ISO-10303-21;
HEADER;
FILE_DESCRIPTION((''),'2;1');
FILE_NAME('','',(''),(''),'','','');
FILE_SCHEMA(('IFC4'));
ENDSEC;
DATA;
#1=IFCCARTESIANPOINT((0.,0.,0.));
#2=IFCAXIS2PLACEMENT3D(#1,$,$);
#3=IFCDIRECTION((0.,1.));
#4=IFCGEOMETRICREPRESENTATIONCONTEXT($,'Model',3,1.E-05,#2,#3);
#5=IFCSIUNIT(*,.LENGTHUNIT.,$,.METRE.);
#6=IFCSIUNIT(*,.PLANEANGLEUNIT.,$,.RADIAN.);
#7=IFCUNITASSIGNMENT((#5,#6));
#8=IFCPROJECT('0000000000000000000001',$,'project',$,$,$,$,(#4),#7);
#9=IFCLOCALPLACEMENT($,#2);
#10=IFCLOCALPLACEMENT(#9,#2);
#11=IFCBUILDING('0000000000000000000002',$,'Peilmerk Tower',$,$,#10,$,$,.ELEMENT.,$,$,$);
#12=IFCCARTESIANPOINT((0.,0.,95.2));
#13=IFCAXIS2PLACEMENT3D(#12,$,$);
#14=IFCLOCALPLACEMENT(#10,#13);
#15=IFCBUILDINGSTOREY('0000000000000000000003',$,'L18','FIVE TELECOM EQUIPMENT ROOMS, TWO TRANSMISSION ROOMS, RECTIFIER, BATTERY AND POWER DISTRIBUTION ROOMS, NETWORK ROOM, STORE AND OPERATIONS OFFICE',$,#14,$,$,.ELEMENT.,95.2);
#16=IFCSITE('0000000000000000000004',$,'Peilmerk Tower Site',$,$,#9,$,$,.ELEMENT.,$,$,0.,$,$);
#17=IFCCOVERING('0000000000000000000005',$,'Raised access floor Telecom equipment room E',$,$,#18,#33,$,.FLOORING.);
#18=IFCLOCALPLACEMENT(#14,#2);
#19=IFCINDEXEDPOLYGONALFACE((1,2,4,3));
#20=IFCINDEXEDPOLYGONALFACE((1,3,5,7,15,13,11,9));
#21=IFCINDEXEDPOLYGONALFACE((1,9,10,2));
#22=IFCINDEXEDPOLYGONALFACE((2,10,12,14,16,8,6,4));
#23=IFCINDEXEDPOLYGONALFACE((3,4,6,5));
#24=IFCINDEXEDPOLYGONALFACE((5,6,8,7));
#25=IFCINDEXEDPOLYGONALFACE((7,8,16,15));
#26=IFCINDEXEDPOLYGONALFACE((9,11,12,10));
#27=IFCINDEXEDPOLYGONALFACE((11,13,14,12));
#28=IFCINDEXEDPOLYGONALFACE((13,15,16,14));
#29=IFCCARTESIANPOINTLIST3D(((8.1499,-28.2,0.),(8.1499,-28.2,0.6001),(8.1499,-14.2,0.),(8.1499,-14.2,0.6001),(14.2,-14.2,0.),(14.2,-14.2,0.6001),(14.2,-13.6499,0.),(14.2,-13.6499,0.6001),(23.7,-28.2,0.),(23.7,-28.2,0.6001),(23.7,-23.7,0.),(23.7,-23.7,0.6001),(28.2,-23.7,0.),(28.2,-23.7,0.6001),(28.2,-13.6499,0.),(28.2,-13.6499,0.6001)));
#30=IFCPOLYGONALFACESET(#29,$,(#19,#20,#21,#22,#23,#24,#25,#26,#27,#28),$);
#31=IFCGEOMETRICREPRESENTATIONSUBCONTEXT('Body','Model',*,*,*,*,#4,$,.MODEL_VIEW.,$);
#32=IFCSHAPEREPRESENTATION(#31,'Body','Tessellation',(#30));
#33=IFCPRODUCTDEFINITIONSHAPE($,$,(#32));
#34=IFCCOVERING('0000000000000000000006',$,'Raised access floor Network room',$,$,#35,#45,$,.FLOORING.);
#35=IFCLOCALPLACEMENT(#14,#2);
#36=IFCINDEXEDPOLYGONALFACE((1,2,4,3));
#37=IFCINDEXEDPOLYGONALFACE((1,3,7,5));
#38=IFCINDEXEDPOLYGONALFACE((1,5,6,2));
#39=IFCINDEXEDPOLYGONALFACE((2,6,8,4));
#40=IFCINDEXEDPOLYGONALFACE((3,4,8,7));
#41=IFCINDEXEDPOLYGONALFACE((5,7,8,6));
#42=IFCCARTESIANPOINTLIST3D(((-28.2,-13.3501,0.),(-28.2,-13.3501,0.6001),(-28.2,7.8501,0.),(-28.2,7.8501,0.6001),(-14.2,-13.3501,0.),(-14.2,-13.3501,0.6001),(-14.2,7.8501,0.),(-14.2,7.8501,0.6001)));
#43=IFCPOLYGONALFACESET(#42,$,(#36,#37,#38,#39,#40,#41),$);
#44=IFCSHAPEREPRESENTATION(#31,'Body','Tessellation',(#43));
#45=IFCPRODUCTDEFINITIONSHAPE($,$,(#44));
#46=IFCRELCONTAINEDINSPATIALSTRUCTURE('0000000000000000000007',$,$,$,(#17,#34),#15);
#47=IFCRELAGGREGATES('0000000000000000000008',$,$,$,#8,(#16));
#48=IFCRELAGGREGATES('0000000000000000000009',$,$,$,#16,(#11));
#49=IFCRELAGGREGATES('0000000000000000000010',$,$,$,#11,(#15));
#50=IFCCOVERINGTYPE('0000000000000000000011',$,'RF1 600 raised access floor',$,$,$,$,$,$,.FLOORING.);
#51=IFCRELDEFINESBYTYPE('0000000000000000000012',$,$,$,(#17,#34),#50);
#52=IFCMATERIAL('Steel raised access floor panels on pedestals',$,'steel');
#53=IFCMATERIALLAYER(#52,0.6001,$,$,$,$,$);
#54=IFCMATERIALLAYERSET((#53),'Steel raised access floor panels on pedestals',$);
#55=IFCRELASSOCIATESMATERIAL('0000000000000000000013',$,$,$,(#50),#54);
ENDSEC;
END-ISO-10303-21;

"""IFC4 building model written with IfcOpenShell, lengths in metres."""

from ifc_helpers import new_model, si_unit, direction, frame, origin, place, context, subcontext, project, spatial, polyline, outline, extrude, material, layer, layer_set, type_object, element, save


model = new_model("IFC4")

# Units and contexts
model_context = context("Model", 3, precision=1e-05, world=origin(), true_north=direction((0.0, 1.0)))
body_context = subcontext(model_context, "Body", "Model", "MODEL_VIEW")
ifc_project = project(units=[si_unit("LENGTHUNIT", "METRE"), si_unit("PLANEANGLEUNIT", "RADIAN")], contexts=[model_context])

# Site, building, storey
site_placement = place(None, origin())
site = spatial("IfcSite", under=ifc_project, at=site_placement, Name="Peilmerk Tower Site", CompositionType="ELEMENT", RefElevation=0.0)
building_placement = place(site_placement, origin())
building = spatial("IfcBuilding", under=site, at=building_placement, Name="Peilmerk Tower", CompositionType="ELEMENT")
storey_placement = place(building_placement, frame((0.0, 0.0, 95.2)))
storey = spatial("IfcBuildingStorey", under=building, at=storey_placement, Name="L18", Description="FIVE TELECOM EQUIPMENT ROOMS, TWO TRANSMISSION ROOMS, RECTIFIER, BATTERY AND POWER DISTRIBUTION ROOMS, NETWORK ROOM, STORE AND OPERATIONS OFFICE", CompositionType="ELEMENT", Elevation=95.2)

# Coverings
ifc_material_1 = material(Name="Steel raised access floor panels on pedestals", Category="steel")
ifc_layer_1 = layer(ifc_material_1, 0.6001)
ifc_layer_set_1 = layer_set([ifc_layer_1], Name="Steel raised access floor panels on pedestals")
covering_type_1 = type_object("IfcCoveringType", Name="RF1 600 raised access floor", PredefinedType="FLOORING", material=ifc_layer_set_1)
covering_1_placement = place(storey_placement, origin())
element("IfcCovering", 1, at=covering_1_placement, inside=storey, type_object=covering_type_1, Name="Raised access floor Telecom equipment room E", PredefinedType="FLOORING", context=body_context, shape_type="SweptSolid", body=[
    extrude(outline(polyline([(8.1499, -28.2), (23.7, -28.2), (23.7, -23.7), (28.2, -23.7), (28.2, -13.6499), (14.2, -13.6499), (14.2, -14.2), (8.1499, -14.2), (8.1499, -28.2)])), origin(), (0.0, 0.0, 1.0), 0.6001),
])
covering_2_placement = place(storey_placement, origin())
element("IfcCovering", 2, at=covering_2_placement, inside=storey, type_object=covering_type_1, Name="Raised access floor Network room", PredefinedType="FLOORING", context=body_context, shape_type="SweptSolid", body=[
    extrude(outline(polyline([(-28.2, 7.8501), (-28.2, -13.3501), (-14.2, -13.3501), (-14.2, 7.8501), (-28.2, 7.8501)])), origin(), (0.0, 0.0, 1.0), 0.6001),
])

save(model, "model.ifc")
